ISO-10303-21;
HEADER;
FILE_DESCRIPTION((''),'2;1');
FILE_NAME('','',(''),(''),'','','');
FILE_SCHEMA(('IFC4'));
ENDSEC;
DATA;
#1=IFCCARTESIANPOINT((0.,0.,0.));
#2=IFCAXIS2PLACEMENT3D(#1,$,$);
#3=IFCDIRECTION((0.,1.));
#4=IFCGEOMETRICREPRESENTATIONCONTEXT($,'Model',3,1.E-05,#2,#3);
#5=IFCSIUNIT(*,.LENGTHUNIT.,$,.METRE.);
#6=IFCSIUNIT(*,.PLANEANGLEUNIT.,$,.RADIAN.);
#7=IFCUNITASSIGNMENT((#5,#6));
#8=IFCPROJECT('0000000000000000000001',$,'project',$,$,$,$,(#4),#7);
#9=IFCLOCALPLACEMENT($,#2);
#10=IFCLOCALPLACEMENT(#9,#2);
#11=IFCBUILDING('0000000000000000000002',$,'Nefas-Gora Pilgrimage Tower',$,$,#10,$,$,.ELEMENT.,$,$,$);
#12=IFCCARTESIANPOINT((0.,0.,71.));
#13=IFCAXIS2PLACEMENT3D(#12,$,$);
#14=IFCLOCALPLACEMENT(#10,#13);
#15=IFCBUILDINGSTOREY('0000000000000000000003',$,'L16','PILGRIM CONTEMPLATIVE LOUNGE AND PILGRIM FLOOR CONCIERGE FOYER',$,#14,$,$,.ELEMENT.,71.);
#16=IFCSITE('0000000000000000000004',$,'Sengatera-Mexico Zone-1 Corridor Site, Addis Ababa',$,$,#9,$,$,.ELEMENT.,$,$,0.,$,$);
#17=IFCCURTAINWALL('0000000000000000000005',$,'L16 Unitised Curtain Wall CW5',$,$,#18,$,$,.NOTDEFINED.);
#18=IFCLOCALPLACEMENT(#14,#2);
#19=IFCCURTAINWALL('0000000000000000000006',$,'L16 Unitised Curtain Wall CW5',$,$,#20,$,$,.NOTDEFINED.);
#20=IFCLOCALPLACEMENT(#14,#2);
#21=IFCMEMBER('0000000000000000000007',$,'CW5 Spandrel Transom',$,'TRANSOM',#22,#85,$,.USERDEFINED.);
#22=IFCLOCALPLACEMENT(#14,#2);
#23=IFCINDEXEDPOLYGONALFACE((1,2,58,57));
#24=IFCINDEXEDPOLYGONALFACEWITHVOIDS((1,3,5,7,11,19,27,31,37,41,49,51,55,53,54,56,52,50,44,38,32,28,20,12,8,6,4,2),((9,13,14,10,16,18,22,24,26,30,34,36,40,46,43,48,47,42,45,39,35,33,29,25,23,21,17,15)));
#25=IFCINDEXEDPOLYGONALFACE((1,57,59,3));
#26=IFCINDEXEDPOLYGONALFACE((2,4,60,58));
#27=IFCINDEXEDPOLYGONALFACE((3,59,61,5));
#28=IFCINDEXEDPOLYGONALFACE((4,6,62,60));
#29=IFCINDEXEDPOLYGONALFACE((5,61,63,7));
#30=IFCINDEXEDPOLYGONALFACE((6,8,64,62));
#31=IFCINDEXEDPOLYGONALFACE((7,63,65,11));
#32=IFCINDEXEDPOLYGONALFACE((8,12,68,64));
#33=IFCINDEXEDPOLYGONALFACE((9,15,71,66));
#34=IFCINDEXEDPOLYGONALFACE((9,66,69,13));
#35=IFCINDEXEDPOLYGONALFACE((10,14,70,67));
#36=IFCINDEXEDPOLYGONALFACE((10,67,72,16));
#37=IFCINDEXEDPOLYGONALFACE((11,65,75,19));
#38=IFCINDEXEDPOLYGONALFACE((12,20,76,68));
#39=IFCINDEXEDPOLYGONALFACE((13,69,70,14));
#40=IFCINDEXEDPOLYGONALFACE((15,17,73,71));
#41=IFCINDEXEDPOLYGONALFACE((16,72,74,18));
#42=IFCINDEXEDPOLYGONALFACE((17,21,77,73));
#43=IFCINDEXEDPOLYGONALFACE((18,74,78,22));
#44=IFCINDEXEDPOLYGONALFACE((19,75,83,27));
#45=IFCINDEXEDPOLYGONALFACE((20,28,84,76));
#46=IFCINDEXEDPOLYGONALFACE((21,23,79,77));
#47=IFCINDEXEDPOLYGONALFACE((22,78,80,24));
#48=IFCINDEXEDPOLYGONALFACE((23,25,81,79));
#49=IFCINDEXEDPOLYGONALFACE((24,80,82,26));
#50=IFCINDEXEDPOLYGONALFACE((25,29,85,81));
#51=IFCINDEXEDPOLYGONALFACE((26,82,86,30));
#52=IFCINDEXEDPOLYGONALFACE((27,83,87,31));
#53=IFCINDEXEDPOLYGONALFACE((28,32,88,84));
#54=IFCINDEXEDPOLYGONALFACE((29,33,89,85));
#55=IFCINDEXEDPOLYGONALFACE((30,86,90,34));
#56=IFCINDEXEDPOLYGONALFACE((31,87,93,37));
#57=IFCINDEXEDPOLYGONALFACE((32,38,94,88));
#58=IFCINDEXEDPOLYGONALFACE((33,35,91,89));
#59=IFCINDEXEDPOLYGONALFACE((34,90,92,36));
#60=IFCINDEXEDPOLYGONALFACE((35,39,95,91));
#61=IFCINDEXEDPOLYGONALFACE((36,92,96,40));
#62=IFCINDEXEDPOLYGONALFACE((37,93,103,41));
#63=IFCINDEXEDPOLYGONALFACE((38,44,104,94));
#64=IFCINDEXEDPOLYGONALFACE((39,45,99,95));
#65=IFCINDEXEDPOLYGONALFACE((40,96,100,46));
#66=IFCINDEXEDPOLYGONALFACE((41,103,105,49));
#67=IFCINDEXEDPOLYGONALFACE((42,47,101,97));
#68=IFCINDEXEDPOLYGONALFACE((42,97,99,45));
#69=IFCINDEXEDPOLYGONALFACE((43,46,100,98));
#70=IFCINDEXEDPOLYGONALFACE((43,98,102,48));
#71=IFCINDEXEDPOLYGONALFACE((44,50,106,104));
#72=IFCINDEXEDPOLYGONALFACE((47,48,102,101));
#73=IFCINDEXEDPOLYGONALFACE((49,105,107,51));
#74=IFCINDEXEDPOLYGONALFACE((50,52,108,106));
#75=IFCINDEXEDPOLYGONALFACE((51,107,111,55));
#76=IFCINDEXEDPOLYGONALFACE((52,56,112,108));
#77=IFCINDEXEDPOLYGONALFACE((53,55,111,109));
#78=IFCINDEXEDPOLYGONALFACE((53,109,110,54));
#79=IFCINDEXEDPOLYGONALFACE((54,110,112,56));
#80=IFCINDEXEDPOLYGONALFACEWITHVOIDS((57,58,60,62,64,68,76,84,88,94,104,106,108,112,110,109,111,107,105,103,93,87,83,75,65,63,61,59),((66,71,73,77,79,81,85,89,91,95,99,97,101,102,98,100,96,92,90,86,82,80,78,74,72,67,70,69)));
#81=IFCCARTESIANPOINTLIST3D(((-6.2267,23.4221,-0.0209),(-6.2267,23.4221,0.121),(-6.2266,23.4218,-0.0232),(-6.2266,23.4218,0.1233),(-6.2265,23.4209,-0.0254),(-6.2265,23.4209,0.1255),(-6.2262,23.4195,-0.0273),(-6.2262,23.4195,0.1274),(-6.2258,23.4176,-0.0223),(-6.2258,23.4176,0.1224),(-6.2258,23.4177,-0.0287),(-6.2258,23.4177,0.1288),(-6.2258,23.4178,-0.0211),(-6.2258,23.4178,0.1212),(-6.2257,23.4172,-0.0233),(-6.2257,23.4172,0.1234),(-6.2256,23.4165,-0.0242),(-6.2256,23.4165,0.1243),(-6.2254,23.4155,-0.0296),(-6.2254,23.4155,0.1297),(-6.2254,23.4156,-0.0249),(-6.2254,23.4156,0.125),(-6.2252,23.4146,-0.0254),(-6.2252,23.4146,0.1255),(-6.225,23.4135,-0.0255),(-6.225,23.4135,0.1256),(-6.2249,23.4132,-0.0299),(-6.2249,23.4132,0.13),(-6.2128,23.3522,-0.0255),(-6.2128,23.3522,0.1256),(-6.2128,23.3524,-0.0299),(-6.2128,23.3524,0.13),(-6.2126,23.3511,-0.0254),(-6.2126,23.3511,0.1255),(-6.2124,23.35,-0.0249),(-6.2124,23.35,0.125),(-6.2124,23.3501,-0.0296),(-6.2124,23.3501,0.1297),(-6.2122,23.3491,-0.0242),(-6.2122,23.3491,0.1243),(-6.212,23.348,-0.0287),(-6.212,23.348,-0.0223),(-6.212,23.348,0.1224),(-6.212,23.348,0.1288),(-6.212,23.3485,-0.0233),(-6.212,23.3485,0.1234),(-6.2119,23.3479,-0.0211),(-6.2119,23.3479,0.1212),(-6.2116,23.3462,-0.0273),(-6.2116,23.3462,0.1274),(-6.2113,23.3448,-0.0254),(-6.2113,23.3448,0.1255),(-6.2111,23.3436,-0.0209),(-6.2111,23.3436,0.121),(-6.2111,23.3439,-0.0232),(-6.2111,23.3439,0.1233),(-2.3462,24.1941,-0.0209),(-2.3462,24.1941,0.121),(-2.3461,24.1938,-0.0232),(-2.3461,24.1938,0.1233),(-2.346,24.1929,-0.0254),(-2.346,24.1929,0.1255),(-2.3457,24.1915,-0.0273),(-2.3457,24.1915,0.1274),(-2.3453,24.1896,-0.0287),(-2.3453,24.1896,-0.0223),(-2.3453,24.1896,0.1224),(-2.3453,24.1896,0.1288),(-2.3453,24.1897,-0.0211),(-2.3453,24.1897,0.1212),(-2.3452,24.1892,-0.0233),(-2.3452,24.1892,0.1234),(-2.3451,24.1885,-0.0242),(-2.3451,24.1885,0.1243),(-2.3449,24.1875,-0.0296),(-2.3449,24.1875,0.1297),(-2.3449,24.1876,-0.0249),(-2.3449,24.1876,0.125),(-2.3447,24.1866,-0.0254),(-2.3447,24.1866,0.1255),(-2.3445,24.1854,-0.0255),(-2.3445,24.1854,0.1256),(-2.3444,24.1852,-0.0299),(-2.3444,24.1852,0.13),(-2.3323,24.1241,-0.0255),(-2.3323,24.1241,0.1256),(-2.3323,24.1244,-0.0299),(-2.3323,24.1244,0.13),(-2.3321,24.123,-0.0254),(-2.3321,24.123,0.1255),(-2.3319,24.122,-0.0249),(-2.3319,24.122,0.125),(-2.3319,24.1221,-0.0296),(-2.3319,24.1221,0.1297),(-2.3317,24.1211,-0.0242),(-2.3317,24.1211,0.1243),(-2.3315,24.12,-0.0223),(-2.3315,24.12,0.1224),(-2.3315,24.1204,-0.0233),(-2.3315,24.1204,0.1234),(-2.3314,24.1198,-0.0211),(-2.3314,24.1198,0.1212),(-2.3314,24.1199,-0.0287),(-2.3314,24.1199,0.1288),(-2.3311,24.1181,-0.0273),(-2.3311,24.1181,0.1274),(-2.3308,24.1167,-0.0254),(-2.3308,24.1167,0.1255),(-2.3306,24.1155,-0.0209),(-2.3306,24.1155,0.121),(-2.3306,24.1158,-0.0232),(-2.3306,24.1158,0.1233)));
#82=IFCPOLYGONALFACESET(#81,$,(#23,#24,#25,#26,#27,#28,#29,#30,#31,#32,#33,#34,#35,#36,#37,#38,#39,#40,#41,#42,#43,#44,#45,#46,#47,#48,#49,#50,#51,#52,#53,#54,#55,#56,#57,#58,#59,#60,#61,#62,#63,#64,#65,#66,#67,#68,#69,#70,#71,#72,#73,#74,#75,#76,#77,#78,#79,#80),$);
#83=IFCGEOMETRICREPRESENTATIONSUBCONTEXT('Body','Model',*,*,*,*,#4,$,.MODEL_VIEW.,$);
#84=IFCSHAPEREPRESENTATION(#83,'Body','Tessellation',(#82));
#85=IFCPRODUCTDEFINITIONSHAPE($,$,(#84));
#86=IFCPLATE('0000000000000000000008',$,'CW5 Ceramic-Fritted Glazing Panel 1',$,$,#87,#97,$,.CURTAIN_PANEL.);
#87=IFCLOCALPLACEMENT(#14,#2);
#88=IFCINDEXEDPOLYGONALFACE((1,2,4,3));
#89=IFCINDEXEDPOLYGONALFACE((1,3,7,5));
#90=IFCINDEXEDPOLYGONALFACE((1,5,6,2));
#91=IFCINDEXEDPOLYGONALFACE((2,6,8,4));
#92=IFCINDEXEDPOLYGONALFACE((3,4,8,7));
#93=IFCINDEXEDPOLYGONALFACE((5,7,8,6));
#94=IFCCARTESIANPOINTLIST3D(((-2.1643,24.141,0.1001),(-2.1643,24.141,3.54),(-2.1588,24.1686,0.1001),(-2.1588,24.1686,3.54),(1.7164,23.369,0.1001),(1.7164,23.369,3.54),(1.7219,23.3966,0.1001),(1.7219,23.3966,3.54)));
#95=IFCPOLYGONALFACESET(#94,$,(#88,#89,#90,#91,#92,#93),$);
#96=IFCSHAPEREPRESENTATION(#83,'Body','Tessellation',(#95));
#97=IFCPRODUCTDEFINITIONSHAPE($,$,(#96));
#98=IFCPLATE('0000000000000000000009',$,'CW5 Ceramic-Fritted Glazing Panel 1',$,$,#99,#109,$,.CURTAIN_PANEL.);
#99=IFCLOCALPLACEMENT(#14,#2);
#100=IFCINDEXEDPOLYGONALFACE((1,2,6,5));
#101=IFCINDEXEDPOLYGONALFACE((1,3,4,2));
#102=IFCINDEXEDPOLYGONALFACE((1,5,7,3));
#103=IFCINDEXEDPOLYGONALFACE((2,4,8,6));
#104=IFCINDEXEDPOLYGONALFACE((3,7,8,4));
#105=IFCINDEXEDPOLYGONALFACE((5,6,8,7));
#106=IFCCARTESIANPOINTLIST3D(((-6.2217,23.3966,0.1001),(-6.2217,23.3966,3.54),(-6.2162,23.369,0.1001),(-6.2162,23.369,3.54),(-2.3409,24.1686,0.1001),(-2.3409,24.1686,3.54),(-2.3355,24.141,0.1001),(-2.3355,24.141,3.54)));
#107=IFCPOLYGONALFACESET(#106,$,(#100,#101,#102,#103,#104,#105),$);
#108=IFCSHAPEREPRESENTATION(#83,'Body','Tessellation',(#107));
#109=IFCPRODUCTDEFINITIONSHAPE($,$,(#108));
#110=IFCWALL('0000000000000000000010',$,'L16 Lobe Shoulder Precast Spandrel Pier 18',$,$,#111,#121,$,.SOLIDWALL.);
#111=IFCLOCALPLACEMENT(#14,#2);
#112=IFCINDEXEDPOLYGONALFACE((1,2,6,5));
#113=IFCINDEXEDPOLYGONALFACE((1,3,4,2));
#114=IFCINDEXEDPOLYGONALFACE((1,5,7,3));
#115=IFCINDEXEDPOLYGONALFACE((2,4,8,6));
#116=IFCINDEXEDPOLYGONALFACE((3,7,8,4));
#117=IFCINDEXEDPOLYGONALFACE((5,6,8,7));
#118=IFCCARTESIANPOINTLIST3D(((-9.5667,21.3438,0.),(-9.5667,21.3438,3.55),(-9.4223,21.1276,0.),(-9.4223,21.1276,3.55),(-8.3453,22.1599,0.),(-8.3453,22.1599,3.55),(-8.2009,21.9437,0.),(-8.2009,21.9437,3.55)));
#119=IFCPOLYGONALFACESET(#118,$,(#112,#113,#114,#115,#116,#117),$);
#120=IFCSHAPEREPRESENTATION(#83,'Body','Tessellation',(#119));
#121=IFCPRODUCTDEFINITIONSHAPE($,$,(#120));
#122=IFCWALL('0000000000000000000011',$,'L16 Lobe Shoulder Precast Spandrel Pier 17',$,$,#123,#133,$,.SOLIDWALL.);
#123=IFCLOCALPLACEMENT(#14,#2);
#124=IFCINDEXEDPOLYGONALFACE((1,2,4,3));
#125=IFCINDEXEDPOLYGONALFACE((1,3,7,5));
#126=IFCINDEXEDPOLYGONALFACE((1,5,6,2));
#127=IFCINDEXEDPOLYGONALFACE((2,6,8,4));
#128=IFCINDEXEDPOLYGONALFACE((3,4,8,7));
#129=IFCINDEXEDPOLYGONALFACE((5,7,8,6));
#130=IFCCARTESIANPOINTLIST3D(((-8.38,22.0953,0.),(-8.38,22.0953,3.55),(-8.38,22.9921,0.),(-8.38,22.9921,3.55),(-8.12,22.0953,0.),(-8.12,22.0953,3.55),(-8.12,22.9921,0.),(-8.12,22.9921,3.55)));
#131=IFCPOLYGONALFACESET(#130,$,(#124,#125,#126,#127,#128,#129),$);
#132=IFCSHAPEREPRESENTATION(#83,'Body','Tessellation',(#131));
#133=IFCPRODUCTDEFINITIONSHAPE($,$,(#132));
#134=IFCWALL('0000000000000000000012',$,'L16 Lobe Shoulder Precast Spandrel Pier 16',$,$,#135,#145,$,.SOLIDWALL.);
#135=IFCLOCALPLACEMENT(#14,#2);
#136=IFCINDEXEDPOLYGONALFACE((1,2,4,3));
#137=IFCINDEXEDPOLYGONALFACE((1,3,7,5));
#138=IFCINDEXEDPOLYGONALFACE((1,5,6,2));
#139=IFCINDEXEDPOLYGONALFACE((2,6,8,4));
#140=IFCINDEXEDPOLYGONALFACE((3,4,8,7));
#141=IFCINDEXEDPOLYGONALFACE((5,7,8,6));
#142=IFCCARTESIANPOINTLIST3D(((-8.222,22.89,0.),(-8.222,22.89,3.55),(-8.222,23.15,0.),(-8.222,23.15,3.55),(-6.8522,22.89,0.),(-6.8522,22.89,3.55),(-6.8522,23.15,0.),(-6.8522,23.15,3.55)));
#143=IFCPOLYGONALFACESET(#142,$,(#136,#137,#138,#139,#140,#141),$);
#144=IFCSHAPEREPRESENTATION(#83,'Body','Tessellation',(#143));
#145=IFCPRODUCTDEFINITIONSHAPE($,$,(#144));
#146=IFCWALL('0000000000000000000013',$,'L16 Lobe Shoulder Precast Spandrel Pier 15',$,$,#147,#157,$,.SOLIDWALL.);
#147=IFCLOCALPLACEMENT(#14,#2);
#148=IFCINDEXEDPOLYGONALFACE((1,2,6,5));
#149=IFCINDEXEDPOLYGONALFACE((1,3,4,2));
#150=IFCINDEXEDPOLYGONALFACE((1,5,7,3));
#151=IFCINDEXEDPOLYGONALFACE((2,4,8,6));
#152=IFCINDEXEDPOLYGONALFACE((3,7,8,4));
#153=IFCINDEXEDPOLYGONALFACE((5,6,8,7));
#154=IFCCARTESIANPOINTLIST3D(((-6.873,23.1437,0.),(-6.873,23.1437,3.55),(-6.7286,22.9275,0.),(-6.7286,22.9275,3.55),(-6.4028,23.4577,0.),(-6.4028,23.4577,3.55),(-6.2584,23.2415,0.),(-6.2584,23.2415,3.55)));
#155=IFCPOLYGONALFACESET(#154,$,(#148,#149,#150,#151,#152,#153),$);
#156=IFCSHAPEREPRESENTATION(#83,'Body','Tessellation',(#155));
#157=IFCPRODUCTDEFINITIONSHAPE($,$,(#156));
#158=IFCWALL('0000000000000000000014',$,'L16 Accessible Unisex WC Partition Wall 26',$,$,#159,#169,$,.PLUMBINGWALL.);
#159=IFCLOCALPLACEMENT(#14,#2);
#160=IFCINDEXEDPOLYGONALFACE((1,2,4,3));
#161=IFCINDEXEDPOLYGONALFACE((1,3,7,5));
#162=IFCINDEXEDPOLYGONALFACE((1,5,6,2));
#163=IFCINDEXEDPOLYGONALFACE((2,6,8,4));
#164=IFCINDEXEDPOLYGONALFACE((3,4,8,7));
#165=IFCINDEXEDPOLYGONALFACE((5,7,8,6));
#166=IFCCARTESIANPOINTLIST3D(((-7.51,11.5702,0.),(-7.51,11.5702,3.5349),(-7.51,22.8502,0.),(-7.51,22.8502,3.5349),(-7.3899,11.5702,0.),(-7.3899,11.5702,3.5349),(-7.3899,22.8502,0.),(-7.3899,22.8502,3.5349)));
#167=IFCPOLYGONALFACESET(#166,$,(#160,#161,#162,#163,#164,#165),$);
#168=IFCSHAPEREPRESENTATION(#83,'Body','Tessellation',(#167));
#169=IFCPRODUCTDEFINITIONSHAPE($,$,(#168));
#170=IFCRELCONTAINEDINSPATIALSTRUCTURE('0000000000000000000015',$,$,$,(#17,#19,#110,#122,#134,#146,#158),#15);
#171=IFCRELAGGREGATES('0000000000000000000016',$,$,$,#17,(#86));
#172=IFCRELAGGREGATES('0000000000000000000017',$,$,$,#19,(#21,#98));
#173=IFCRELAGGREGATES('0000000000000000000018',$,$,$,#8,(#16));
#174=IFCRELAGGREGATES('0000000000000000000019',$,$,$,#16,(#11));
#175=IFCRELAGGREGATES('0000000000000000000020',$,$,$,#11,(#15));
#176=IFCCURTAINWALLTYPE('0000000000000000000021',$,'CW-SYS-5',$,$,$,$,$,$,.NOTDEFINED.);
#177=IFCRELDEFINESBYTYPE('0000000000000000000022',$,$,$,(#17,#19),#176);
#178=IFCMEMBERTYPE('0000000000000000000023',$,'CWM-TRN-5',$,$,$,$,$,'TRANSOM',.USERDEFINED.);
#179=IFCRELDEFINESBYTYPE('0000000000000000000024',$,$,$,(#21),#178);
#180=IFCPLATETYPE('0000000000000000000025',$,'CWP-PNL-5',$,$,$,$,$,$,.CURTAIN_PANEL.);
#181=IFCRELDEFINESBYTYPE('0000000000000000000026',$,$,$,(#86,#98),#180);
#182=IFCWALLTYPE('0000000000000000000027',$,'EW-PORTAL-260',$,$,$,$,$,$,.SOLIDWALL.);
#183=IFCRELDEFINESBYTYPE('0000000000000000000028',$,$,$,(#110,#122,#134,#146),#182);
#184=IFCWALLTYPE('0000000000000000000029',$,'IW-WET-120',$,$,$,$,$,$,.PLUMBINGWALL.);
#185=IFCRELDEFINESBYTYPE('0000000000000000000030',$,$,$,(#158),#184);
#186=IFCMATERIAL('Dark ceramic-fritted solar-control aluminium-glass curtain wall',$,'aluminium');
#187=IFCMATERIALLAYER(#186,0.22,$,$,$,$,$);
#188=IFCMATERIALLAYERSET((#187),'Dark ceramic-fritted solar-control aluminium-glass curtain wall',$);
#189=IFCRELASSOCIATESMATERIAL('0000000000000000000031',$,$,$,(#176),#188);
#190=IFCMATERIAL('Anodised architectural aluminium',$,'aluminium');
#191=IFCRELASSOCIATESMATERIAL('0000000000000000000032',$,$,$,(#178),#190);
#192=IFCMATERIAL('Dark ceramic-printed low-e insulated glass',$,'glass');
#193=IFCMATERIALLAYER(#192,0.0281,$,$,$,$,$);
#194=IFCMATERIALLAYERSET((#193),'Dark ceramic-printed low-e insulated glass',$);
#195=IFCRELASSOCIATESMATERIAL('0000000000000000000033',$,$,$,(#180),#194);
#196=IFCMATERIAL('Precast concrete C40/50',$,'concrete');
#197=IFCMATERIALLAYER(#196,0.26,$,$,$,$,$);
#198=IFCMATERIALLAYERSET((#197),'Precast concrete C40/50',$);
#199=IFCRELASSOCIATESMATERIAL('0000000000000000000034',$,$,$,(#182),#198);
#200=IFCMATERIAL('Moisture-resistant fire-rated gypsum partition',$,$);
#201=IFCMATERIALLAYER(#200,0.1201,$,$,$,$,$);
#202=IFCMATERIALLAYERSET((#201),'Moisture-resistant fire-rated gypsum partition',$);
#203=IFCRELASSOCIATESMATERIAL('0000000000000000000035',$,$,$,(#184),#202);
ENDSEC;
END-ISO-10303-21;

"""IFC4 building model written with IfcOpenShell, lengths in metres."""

from ifc_helpers import new_model, si_unit, direction, frame, frame_2d, origin, origin_2d, place, context, subcontext, project, spatial, rectangle, hollow_rectangle, extrude, source, transform, mapped, material, layer, layer_set, material_profile, profile_set, type_object, element, aggregate, save


model = new_model("IFC4")

# Units and contexts
model_context = context("Model", 3, precision=1e-05, world=origin(), true_north=direction((0.0, 1.0)))
body_context = subcontext(model_context, "Body", "Model", "MODEL_VIEW")
ifc_project = project(units=[si_unit("LENGTHUNIT", "METRE"), si_unit("PLANEANGLEUNIT", "RADIAN")], contexts=[model_context])

# Site, building, storey
site_placement = place(None, origin())
site = spatial("IfcSite", under=ifc_project, at=site_placement, Name="Sengatera-Mexico Zone-1 Corridor Site, Addis Ababa", CompositionType="ELEMENT", RefElevation=0.0)
building_placement = place(site_placement, origin())
building = spatial("IfcBuilding", under=site, at=building_placement, Name="Nefas-Gora Pilgrimage Tower", CompositionType="ELEMENT")
storey_placement = place(building_placement, frame((0.0, 0.0, 71.0)))
storey = spatial("IfcBuildingStorey", under=building, at=storey_placement, Name="L16", Description="PILGRIM CONTEMPLATIVE LOUNGE AND PILGRIM FLOOR CONCIERGE FOYER", CompositionType="ELEMENT", Elevation=71.0)

# Curtain wall
ifc_material_1 = material(Name="Dark ceramic-fritted solar-control aluminium-glass curtain wall", Category="aluminium")
ifc_layer_1 = layer(ifc_material_1, 0.22)
ifc_layer_set_1 = layer_set([ifc_layer_1], Name="Dark ceramic-fritted solar-control aluminium-glass curtain wall")
curtain_wall_type = type_object("IfcCurtainWallType", Name="CW-SYS-5", PredefinedType="NOTDEFINED", material=ifc_layer_set_1)
curtain_wall_1_placement = place(storey_placement, origin())
curtain_wall_1 = element("IfcCurtainWall", 1, at=curtain_wall_1_placement, inside=storey, type_object=curtain_wall_type, Name="L16 Unitised Curtain Wall CW5", PredefinedType="NOTDEFINED")
ifc_material_2 = material(Name="Anodised architectural aluminium", Category="aluminium")

# Curtain wall
curtain_wall_2_placement = place(storey_placement, origin())
curtain_wall_2 = element("IfcCurtainWall", 2, at=curtain_wall_2_placement, inside=storey, type_object=curtain_wall_type, Name="L16 Unitised Curtain Wall CW5", PredefinedType="NOTDEFINED")
ifc_material_profile_1 = material_profile(ifc_material_2, hollow_rectangle(XDim=0.0801, YDim=0.1599, WallThickness=0.0044, InnerFilletRadius=0.0044, OuterFilletRadius=0.009, at=origin_2d()), Name="ALU TRANSOM 80x160")
ifc_profile_set_1 = profile_set([ifc_material_profile_1], Name="Anodised architectural aluminium")
member_type_1 = type_object("IfcMemberType", Name="CWM-TRN-5", ElementType="TRANSOM", PredefinedType="USERDEFINED", material=ifc_profile_set_1)

# Member
shared_shape_1 = source(origin(), body_context, "Body", "SweptSolid", [
    extrude(hollow_rectangle(XDim=0.0801, YDim=0.1599, WallThickness=0.0044, InnerFilletRadius=0.0044, OuterFilletRadius=0.009, at=origin_2d()), origin(), (0.0, 0.0, 1.0), 3.9565),
])
member_1_placement = place(storey_placement, frame((-2.3384, 24.1548, 0.05), z_axis=(-0.980782, -0.195107, 0.0), x_axis=(0.195107, -0.980782, 0.0)))
member_1 = element("IfcMember", 3, at=member_1_placement, type_object=member_type_1, Name="CW5 Spandrel Transom", ObjectType="TRANSOM", PredefinedType="USERDEFINED", context=body_context, shape_type="MappedRepresentation", body=[
    mapped(shared_shape_1, transform((0.0, 0.0, 0.0), x_axis=(1.0, 0.0, 0.0), y_axis=(0.0, 1.0, 0.0), z_axis=(0.0, 0.0, 1.0), scale=1.0)),
])

# Plates
ifc_material_3 = material(Name="Dark ceramic-printed low-e insulated glass", Category="glass")
ifc_layer_2 = layer(ifc_material_3, 0.0281)
ifc_layer_set_2 = layer_set([ifc_layer_2], Name="Dark ceramic-printed low-e insulated glass")
plate_type = type_object("IfcPlateType", Name="CWP-PNL-5", PredefinedType="CURTAIN_PANEL", material=ifc_layer_set_2)
shared_shape_2 = source(origin(), body_context, "Body", "SweptSolid", [
    extrude(rectangle(XDim=3.9568, YDim=0.0281, at=origin_2d()), origin(), (0.0, 0.0, 1.0), 3.4399),
])
plate_1_placement = place(storey_placement, frame((-0.2212, 23.7688, 0.1001), z_axis=(0.0, 0.0, 1.0), x_axis=(-0.980783, 0.195102, 0.0)))
plate_1 = element("IfcPlate", 4, at=plate_1_placement, type_object=plate_type, Name="CW5 Ceramic-Fritted Glazing Panel 1", PredefinedType="CURTAIN_PANEL", context=body_context, shape_type="MappedRepresentation", body=[
    mapped(shared_shape_2, transform((0.0, 0.0, 0.0), x_axis=(1.0, 0.0, 0.0), y_axis=(0.0, 1.0, 0.0), z_axis=(0.0, 0.0, 1.0), scale=1.0)),
])
aggregate(curtain_wall_1, [plate_1])
plate_2_placement = place(storey_placement, frame((-4.2786, 23.7688, 0.1001), z_axis=(0.0, 0.0, 1.0), x_axis=(-0.980783, -0.195102, 0.0)))
plate_2 = element("IfcPlate", 5, at=plate_2_placement, type_object=plate_type, Name="CW5 Ceramic-Fritted Glazing Panel 1", PredefinedType="CURTAIN_PANEL", context=body_context, shape_type="MappedRepresentation", body=[
    mapped(shared_shape_2, transform((0.0, 0.0, 0.0), x_axis=(1.0, 0.0, 0.0), y_axis=(0.0, 1.0, 0.0), z_axis=(0.0, 0.0, 1.0), scale=1.0)),
])
aggregate(curtain_wall_2, [member_1, plate_2])

# Walls
ifc_material_4 = material(Name="Precast concrete C40/50", Category="concrete")
ifc_layer_3 = layer(ifc_material_4, 0.26)
ifc_layer_set_3 = layer_set([ifc_layer_3], Name="Precast concrete C40/50")
wall_type_1 = type_object("IfcWallType", Name="EW-PORTAL-260", PredefinedType="SOLIDWALL", material=ifc_layer_set_3)
shared_shape_3 = source(origin(), body_context, "Body", "SweptSolid", [
    extrude(rectangle(XDim=1.469, YDim=0.26, at=frame_2d((0.7344, 0.0))), origin(), (0.0, 0.0, 1.0), 3.55),
])
wall_1_placement = place(storey_placement, frame((-8.2732, 22.0518, 0.0), z_axis=(0.0, 0.0, 1.0), x_axis=(-0.831462, -0.555582, 0.0)))
element("IfcWall", 6, at=wall_1_placement, inside=storey, type_object=wall_type_1, Name="L16 Lobe Shoulder Precast Spandrel Pier 18", PredefinedType="SOLIDWALL", context=body_context, shape_type="MappedRepresentation", body=[
    mapped(shared_shape_3, transform((0.0, 0.0, 0.0), x_axis=(1.0, 0.0, 0.0), y_axis=(0.0, 1.0, 0.0), z_axis=(0.0, 0.0, 1.0), scale=1.0)),
])
shared_shape_4 = source(origin(), body_context, "Body", "SweptSolid", [
    extrude(rectangle(XDim=0.8967, YDim=0.26, at=frame_2d((0.4482, 0.0))), origin(), (0.0, 0.0, 1.0), 3.55),
])
wall_2_placement = place(storey_placement, frame((-8.25, 22.9919, 0.0), z_axis=(0.0, 0.0, 1.0), x_axis=(0.0, -1.0, 0.0)))
element("IfcWall", 7, at=wall_2_placement, inside=storey, type_object=wall_type_1, Name="L16 Lobe Shoulder Precast Spandrel Pier 17", PredefinedType="SOLIDWALL", context=body_context, shape_type="MappedRepresentation", body=[
    mapped(shared_shape_4, transform((0.0, 0.0, 0.0), x_axis=(1.0, 0.0, 0.0), y_axis=(0.0, 1.0, 0.0), z_axis=(0.0, 0.0, 1.0), scale=1.0)),
])
shared_shape_5 = source(origin(), body_context, "Body", "SweptSolid", [
    extrude(rectangle(XDim=1.3699, YDim=0.26, at=frame_2d((0.6851, 0.0))), origin(), (0.0, 0.0, 1.0), 3.55),
])
wall_3_placement = place(storey_placement, frame((-6.8521, 23.02, 0.0), z_axis=(0.0, 0.0, 1.0), x_axis=(-1.0, 0.0, 0.0)))
element("IfcWall", 8, at=wall_3_placement, inside=storey, type_object=wall_type_1, Name="L16 Lobe Shoulder Precast Spandrel Pier 16", PredefinedType="SOLIDWALL", context=body_context, shape_type="MappedRepresentation", body=[
    mapped(shared_shape_5, transform((0.0, 0.0, 0.0), x_axis=(1.0, 0.0, 0.0), y_axis=(0.0, 1.0, 0.0), z_axis=(0.0, 0.0, 1.0), scale=1.0)),
])
shared_shape_6 = source(origin(), body_context, "Body", "SweptSolid", [
    extrude(rectangle(XDim=0.5654, YDim=0.26, at=frame_2d((0.2827, 0.0))), origin(), (0.0, 0.0, 1.0), 3.55),
])
wall_4_placement = place(storey_placement, frame((-6.3306, 23.3496, 0.0), z_axis=(0.0, 0.0, 1.0), x_axis=(-0.831651, -0.555298, 0.0)))
element("IfcWall", 9, at=wall_4_placement, inside=storey, type_object=wall_type_1, Name="L16 Lobe Shoulder Precast Spandrel Pier 15", PredefinedType="SOLIDWALL", context=body_context, shape_type="MappedRepresentation", body=[
    mapped(shared_shape_6, transform((0.0, 0.0, 0.0), x_axis=(1.0, 0.0, 0.0), y_axis=(0.0, 1.0, 0.0), z_axis=(0.0, 0.0, 1.0), scale=1.0)),
])
ifc_material_5 = material(Name="Moisture-resistant fire-rated gypsum partition")
ifc_layer_4 = layer(ifc_material_5, 0.1201)
ifc_layer_set_4 = layer_set([ifc_layer_4], Name="Moisture-resistant fire-rated gypsum partition")
wall_type_2 = type_object("IfcWallType", Name="IW-WET-120", PredefinedType="PLUMBINGWALL", material=ifc_layer_set_4)
shared_shape_7 = source(origin(), body_context, "Body", "SweptSolid", [
    extrude(rectangle(XDim=11.28, YDim=0.1201, at=frame_2d((5.6401, 0.0))), origin(), (0.0, 0.0, 1.0), 3.5349),
])
wall_5_placement = place(storey_placement, frame((-7.45, 11.5701, 0.0), z_axis=(0.0, 0.0, 1.0), x_axis=(0.0, 1.0, 0.0)))
element("IfcWall", 10, at=wall_5_placement, inside=storey, type_object=wall_type_2, Name="L16 Accessible Unisex WC Partition Wall 26", PredefinedType="PLUMBINGWALL", context=body_context, shape_type="MappedRepresentation", body=[
    mapped(shared_shape_7, transform((0.0, 0.0, 0.0), x_axis=(1.0, 0.0, 0.0), y_axis=(0.0, 1.0, 0.0), z_axis=(0.0, 0.0, 1.0), scale=1.0)),
])

save(model, "model.ifc")
